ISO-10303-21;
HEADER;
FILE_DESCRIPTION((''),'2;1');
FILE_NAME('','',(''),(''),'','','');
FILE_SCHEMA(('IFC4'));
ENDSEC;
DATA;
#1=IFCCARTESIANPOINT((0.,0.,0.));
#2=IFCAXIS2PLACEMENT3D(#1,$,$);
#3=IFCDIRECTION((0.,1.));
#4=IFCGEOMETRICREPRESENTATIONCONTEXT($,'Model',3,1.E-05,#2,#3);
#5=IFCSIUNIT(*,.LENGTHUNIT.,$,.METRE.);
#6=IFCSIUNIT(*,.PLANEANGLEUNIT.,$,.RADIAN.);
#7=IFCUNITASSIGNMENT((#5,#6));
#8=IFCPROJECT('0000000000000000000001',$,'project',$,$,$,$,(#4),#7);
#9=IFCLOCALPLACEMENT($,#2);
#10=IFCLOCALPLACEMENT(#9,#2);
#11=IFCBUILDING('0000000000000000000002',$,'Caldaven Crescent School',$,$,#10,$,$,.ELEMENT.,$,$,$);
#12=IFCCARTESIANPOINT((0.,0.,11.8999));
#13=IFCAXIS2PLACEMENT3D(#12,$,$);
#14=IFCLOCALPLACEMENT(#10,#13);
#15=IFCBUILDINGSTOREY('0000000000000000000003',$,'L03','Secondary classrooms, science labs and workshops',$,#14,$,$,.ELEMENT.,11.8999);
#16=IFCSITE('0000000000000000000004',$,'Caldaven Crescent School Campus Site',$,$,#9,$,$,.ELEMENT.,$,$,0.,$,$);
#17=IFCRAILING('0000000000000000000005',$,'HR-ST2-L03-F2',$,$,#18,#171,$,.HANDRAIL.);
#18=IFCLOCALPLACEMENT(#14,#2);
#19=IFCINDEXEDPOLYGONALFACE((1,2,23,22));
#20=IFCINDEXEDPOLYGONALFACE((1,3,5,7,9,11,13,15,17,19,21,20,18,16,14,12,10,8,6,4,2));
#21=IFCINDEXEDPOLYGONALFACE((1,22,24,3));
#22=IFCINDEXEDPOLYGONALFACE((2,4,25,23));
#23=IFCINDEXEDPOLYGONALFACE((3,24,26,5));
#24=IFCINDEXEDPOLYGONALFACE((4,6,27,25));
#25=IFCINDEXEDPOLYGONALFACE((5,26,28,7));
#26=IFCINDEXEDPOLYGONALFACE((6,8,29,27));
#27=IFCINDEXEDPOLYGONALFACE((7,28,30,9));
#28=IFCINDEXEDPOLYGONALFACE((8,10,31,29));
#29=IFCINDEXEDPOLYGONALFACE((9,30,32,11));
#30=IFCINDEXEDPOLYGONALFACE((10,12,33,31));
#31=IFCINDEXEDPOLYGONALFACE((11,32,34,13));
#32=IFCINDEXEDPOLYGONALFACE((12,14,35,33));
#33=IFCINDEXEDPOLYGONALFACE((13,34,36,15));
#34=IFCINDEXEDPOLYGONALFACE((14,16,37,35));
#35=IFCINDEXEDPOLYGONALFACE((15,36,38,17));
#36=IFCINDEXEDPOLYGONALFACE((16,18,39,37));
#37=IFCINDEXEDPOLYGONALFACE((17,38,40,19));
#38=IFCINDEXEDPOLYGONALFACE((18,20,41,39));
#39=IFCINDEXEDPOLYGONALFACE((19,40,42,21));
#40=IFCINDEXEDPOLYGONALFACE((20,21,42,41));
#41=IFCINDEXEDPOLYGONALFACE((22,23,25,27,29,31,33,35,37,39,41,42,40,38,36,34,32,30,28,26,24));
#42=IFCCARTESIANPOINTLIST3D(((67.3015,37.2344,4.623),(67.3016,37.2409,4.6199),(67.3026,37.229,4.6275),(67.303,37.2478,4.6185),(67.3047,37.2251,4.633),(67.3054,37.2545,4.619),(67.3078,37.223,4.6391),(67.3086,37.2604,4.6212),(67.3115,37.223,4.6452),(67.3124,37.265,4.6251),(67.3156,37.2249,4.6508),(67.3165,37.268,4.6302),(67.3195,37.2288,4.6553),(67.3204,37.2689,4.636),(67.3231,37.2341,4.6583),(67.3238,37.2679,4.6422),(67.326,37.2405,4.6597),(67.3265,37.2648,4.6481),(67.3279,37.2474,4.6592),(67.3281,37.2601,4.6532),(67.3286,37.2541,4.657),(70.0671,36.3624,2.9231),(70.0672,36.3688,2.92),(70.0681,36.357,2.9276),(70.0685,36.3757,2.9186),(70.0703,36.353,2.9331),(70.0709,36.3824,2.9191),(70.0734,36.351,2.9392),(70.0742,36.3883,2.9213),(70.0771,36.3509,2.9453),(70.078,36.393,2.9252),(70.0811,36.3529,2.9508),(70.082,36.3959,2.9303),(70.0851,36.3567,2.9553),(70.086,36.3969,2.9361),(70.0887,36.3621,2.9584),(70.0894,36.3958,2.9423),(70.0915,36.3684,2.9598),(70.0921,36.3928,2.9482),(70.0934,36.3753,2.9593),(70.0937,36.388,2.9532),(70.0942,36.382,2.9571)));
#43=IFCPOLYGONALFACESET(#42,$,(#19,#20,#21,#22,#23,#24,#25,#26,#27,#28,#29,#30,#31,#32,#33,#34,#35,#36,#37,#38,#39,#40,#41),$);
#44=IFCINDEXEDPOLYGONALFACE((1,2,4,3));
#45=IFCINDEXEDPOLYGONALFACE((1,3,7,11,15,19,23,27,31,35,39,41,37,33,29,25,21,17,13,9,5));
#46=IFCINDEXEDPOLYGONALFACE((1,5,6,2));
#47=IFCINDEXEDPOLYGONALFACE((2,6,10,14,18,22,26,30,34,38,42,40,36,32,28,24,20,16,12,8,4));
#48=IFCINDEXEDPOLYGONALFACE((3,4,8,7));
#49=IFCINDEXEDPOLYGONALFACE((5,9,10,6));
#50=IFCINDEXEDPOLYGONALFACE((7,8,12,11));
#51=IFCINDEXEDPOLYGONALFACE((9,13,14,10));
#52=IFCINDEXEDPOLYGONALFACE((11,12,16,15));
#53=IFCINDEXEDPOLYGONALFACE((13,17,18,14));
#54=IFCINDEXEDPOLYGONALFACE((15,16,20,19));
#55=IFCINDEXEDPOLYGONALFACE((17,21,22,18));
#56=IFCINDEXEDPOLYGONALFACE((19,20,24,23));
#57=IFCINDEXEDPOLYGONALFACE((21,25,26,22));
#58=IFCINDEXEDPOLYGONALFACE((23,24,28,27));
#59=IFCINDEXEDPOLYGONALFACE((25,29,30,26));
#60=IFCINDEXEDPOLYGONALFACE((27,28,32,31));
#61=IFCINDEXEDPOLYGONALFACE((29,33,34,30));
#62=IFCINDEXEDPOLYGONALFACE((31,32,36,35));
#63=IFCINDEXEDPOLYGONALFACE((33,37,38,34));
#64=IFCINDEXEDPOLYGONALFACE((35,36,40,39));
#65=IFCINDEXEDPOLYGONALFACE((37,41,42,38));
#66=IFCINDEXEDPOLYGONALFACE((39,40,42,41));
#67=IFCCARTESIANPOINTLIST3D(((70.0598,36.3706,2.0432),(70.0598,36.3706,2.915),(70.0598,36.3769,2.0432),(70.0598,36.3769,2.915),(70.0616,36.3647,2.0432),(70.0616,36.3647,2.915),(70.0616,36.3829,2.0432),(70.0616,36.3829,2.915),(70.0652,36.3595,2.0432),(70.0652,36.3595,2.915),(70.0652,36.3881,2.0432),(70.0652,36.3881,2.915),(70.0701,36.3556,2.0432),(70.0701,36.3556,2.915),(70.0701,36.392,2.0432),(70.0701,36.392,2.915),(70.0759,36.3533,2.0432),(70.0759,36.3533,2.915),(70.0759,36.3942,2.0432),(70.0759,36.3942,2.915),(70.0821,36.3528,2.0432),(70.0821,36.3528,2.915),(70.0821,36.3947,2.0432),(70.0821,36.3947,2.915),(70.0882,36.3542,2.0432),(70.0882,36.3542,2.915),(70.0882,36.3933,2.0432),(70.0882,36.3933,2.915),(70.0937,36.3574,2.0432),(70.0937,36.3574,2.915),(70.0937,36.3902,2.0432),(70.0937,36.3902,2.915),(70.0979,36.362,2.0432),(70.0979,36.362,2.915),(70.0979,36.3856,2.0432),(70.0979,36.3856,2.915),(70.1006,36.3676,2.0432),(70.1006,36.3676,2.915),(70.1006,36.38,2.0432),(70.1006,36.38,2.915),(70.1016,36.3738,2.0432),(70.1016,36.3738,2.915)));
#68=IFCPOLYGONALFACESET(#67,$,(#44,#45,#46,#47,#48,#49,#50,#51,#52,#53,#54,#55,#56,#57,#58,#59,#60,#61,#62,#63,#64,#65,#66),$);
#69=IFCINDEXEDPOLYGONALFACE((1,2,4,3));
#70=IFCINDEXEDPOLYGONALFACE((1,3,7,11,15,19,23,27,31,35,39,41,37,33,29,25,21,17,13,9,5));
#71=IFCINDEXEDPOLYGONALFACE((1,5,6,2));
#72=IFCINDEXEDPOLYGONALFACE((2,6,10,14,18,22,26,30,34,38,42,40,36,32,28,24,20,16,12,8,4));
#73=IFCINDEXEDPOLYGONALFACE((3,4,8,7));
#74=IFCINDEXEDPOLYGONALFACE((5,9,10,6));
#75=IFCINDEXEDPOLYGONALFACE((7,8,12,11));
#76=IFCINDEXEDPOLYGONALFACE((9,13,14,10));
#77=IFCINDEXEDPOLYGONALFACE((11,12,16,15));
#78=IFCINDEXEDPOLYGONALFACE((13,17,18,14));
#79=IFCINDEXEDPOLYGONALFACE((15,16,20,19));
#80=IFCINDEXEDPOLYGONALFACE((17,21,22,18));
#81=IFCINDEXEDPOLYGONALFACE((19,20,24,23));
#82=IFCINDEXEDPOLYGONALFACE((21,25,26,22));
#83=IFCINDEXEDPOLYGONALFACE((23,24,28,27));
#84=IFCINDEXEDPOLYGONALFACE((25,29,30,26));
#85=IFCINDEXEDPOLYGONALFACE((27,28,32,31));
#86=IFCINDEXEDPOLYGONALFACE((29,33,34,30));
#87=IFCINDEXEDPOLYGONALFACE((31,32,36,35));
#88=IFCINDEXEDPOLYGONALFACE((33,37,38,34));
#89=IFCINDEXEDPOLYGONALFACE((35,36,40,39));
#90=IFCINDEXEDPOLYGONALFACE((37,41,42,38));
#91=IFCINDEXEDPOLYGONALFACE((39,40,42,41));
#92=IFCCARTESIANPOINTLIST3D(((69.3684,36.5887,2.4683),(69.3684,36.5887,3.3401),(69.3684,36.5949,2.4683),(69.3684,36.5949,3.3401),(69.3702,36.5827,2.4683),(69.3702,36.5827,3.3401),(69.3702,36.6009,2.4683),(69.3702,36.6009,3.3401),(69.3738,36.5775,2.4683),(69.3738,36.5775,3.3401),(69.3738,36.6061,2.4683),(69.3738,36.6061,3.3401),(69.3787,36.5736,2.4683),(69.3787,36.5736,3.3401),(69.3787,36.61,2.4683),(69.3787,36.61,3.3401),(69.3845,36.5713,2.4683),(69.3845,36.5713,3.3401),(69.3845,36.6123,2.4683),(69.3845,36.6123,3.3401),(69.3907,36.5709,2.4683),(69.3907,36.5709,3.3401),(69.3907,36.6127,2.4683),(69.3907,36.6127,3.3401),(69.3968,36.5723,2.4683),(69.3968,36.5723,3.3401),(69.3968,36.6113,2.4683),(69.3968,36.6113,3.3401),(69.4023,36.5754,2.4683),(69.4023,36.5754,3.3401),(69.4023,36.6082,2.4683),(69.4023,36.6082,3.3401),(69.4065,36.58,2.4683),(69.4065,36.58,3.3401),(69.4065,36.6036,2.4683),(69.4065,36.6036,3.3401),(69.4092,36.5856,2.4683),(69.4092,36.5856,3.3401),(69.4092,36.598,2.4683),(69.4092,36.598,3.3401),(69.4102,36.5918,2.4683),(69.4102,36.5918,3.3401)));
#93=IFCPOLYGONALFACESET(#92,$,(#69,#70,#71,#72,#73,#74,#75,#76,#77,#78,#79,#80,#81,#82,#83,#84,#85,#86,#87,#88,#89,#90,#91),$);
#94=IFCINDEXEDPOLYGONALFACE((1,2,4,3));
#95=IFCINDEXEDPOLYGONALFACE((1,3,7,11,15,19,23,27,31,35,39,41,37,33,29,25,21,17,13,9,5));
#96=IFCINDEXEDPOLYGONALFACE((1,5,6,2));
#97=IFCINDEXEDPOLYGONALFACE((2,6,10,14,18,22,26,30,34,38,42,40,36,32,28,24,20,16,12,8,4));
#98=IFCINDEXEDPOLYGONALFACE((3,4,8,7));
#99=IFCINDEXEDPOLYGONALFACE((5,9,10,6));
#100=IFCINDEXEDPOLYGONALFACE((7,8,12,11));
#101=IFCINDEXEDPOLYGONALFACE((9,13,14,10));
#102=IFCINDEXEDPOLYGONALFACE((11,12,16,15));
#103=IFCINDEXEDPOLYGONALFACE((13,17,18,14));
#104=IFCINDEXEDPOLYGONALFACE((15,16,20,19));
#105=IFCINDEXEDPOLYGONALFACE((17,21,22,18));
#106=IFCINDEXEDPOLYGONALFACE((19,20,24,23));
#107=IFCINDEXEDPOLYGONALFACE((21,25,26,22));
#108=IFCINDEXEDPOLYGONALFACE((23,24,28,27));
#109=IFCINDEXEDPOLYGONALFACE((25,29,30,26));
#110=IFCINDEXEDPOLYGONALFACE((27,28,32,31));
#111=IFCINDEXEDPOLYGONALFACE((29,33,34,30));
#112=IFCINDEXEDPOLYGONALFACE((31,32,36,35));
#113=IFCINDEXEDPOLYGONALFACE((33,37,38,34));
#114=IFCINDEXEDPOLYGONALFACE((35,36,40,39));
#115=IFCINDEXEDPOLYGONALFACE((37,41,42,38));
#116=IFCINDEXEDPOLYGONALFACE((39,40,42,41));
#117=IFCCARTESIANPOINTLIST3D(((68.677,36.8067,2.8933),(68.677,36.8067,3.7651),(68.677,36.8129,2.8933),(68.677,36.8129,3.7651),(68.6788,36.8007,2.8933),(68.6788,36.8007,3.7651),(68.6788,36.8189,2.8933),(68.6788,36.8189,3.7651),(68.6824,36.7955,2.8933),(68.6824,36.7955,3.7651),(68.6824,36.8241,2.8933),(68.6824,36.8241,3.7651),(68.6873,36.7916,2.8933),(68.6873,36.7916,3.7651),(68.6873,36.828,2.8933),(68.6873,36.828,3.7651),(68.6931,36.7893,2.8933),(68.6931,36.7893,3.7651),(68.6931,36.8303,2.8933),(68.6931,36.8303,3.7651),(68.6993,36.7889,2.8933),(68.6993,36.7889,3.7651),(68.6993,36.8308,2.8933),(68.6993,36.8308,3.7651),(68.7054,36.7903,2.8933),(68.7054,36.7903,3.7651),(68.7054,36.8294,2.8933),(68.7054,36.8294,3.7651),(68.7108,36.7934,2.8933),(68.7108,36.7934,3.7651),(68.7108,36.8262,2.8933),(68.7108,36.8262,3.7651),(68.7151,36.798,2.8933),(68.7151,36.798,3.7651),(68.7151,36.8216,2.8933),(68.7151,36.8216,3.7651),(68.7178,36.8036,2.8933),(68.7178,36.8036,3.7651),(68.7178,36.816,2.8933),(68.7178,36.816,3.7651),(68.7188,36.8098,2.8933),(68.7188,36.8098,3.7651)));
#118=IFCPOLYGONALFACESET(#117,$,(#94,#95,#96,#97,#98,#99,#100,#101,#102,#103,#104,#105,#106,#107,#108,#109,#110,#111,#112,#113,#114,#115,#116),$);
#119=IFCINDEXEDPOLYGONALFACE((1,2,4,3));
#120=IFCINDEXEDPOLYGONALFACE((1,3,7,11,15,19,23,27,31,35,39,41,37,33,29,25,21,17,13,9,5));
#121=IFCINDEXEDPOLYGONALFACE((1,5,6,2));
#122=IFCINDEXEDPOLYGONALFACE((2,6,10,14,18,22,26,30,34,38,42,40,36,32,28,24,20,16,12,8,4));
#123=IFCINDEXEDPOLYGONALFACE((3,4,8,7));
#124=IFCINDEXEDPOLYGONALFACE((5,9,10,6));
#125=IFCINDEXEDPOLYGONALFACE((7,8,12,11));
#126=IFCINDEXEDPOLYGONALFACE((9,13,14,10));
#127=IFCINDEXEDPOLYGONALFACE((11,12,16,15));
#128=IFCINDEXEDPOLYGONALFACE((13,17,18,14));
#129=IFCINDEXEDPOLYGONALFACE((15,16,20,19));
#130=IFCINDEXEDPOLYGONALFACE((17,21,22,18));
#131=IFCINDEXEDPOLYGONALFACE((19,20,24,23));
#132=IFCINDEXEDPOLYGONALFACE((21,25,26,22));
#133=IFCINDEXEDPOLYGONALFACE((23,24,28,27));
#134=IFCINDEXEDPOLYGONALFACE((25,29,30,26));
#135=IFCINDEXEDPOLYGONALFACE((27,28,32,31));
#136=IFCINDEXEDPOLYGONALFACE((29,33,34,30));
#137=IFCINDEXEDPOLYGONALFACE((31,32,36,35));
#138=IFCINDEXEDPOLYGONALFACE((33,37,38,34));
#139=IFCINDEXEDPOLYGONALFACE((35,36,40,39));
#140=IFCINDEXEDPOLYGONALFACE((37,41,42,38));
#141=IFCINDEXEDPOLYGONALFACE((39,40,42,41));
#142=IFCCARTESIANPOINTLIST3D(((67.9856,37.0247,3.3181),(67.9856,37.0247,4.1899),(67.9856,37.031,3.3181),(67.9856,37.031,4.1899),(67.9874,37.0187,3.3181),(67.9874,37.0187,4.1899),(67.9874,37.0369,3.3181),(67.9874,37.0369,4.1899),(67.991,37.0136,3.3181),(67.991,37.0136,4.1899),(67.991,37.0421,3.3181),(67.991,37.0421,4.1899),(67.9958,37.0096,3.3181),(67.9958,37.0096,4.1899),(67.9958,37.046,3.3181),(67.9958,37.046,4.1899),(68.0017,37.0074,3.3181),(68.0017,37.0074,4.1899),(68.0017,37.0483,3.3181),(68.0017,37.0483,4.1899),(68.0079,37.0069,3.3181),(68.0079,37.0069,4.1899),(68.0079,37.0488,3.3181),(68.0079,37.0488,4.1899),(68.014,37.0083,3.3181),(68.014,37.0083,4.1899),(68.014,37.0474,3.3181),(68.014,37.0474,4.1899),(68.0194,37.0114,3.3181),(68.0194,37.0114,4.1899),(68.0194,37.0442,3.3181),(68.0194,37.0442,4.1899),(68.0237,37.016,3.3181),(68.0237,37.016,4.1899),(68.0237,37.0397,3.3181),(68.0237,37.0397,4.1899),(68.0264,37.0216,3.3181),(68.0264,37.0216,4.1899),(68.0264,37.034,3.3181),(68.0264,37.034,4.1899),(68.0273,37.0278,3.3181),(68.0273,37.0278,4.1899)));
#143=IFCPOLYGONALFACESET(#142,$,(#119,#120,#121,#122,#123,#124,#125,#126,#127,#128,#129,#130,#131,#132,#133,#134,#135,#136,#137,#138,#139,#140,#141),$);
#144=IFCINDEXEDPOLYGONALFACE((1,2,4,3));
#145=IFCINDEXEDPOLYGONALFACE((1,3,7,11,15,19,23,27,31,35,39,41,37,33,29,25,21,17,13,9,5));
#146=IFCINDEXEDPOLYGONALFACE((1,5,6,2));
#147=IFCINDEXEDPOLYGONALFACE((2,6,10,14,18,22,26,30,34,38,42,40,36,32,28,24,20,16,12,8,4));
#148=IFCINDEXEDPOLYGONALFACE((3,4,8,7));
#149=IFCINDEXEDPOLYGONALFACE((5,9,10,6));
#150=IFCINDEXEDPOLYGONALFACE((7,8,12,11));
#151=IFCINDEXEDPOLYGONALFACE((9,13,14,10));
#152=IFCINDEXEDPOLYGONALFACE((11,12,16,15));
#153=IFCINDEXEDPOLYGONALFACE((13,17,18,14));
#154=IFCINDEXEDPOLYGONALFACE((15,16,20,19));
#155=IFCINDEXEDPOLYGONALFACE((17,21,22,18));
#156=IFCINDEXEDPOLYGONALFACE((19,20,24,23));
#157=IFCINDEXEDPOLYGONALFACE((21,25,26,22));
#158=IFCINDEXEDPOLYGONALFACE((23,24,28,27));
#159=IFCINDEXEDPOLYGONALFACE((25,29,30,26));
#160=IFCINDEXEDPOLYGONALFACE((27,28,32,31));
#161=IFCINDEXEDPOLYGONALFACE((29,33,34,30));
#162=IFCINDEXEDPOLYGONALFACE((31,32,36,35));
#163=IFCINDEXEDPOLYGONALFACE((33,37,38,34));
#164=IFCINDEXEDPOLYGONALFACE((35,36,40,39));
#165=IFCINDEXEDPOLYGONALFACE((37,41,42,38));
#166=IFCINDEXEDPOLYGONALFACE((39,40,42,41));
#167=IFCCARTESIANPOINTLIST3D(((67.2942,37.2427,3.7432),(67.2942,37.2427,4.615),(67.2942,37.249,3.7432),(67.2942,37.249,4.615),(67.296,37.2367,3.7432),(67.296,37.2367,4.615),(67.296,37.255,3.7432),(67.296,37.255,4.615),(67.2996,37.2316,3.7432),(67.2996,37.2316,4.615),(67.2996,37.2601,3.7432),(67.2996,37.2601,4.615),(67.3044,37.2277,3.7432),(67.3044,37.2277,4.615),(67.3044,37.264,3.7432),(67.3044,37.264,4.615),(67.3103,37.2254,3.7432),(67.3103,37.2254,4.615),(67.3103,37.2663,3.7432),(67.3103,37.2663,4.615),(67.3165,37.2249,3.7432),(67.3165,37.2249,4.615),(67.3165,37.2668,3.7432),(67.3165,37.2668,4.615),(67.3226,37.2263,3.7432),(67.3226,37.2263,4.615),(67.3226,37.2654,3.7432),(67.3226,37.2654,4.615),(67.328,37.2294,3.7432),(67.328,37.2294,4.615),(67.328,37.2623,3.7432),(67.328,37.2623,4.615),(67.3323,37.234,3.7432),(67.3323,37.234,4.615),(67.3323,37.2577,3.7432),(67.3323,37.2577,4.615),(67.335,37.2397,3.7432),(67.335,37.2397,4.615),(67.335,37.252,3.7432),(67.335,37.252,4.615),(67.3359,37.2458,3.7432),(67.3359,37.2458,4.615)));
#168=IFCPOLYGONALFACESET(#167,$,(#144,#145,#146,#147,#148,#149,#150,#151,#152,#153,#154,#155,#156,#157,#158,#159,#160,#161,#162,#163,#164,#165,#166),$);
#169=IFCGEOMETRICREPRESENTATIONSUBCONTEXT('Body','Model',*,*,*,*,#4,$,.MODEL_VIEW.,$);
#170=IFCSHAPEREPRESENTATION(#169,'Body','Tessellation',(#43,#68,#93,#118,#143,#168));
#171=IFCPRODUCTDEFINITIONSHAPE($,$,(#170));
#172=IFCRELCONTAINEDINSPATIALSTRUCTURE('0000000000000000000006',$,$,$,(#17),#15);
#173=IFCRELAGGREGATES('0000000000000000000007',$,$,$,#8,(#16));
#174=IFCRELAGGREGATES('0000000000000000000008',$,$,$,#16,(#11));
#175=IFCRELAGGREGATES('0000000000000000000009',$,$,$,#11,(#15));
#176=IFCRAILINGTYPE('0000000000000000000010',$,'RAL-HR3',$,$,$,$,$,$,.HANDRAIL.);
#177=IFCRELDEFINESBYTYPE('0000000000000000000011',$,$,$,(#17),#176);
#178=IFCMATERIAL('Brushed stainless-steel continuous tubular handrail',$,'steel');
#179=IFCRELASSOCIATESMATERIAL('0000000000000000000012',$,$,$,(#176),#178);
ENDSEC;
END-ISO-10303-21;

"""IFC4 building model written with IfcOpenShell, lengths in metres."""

from ifc_helpers import new_model, si_unit, direction, frame, origin, origin_2d, place, context, subcontext, project, spatial, circle, extrude, material, type_object, element, save


model = new_model("IFC4")

# Units and contexts
model_context = context("Model", 3, precision=1e-05, world=origin(), true_north=direction((0.0, 1.0)))
body_context = subcontext(model_context, "Body", "Model", "MODEL_VIEW")
ifc_project = project(units=[si_unit("LENGTHUNIT", "METRE"), si_unit("PLANEANGLEUNIT", "RADIAN")], contexts=[model_context])

# Site, building, storey
site_placement = place(None, origin())
site = spatial("IfcSite", under=ifc_project, at=site_placement, Name="Caldaven Crescent School Campus Site", CompositionType="ELEMENT", RefElevation=0.0)
building_placement = place(site_placement, origin())
building = spatial("IfcBuilding", under=site, at=building_placement, Name="Caldaven Crescent School", CompositionType="ELEMENT")
storey_placement = place(building_placement, frame((0.0, 0.0, 11.8999)))
storey = spatial("IfcBuildingStorey", under=building, at=storey_placement, Name="L03", Description="Secondary classrooms, science labs and workshops", CompositionType="ELEMENT", Elevation=11.8999)

# Railing
ifc_material_1 = material(Name="Brushed stainless-steel continuous tubular handrail", Category="steel")
railing_type_1 = type_object("IfcRailingType", Name="RAL-HR3", PredefinedType="HANDRAIL", material=ifc_material_1)
railing_1_placement = place(storey_placement, frame((70.0806, 36.3738, 2.0432)))
element("IfcRailing", 1, at=railing_1_placement, inside=storey, type_object=railing_type_1, Name="HR-ST2-L03-F2", PredefinedType="HANDRAIL", context=body_context, shape_type="SweptSolid", body=[
    extrude(circle(Radius=0.0239, at=origin_2d()), frame((0.0, 0.0, 0.896), z_axis=(-0.822759, 0.259436, 0.505727), x_axis=(-0.300728, -0.95371, 0.0)), (0.0, 0.0, 1.0), 3.3613),
    extrude(circle(Radius=0.021, at=origin_2d()), origin(), (0.0, 0.0, 1.0), 0.8718),
    extrude(circle(Radius=0.021, at=origin_2d()), frame((-0.6914, 0.218, 0.425)), (0.0, 0.0, 1.0), 0.8718),
    extrude(circle(Radius=0.021, at=origin_2d()), frame((-1.3828, 0.436, 0.8501)), (0.0, 0.0, 1.0), 0.8718),
    extrude(circle(Radius=0.021, at=origin_2d()), frame((-2.0742, 0.6541, 1.2749)), (0.0, 0.0, 1.0), 0.8718),
    extrude(circle(Radius=0.021, at=origin_2d()), frame((-2.7656, 0.8721, 1.7)), (0.0, 0.0, 1.0), 0.8718),
])

save(model, "model.ifc")
